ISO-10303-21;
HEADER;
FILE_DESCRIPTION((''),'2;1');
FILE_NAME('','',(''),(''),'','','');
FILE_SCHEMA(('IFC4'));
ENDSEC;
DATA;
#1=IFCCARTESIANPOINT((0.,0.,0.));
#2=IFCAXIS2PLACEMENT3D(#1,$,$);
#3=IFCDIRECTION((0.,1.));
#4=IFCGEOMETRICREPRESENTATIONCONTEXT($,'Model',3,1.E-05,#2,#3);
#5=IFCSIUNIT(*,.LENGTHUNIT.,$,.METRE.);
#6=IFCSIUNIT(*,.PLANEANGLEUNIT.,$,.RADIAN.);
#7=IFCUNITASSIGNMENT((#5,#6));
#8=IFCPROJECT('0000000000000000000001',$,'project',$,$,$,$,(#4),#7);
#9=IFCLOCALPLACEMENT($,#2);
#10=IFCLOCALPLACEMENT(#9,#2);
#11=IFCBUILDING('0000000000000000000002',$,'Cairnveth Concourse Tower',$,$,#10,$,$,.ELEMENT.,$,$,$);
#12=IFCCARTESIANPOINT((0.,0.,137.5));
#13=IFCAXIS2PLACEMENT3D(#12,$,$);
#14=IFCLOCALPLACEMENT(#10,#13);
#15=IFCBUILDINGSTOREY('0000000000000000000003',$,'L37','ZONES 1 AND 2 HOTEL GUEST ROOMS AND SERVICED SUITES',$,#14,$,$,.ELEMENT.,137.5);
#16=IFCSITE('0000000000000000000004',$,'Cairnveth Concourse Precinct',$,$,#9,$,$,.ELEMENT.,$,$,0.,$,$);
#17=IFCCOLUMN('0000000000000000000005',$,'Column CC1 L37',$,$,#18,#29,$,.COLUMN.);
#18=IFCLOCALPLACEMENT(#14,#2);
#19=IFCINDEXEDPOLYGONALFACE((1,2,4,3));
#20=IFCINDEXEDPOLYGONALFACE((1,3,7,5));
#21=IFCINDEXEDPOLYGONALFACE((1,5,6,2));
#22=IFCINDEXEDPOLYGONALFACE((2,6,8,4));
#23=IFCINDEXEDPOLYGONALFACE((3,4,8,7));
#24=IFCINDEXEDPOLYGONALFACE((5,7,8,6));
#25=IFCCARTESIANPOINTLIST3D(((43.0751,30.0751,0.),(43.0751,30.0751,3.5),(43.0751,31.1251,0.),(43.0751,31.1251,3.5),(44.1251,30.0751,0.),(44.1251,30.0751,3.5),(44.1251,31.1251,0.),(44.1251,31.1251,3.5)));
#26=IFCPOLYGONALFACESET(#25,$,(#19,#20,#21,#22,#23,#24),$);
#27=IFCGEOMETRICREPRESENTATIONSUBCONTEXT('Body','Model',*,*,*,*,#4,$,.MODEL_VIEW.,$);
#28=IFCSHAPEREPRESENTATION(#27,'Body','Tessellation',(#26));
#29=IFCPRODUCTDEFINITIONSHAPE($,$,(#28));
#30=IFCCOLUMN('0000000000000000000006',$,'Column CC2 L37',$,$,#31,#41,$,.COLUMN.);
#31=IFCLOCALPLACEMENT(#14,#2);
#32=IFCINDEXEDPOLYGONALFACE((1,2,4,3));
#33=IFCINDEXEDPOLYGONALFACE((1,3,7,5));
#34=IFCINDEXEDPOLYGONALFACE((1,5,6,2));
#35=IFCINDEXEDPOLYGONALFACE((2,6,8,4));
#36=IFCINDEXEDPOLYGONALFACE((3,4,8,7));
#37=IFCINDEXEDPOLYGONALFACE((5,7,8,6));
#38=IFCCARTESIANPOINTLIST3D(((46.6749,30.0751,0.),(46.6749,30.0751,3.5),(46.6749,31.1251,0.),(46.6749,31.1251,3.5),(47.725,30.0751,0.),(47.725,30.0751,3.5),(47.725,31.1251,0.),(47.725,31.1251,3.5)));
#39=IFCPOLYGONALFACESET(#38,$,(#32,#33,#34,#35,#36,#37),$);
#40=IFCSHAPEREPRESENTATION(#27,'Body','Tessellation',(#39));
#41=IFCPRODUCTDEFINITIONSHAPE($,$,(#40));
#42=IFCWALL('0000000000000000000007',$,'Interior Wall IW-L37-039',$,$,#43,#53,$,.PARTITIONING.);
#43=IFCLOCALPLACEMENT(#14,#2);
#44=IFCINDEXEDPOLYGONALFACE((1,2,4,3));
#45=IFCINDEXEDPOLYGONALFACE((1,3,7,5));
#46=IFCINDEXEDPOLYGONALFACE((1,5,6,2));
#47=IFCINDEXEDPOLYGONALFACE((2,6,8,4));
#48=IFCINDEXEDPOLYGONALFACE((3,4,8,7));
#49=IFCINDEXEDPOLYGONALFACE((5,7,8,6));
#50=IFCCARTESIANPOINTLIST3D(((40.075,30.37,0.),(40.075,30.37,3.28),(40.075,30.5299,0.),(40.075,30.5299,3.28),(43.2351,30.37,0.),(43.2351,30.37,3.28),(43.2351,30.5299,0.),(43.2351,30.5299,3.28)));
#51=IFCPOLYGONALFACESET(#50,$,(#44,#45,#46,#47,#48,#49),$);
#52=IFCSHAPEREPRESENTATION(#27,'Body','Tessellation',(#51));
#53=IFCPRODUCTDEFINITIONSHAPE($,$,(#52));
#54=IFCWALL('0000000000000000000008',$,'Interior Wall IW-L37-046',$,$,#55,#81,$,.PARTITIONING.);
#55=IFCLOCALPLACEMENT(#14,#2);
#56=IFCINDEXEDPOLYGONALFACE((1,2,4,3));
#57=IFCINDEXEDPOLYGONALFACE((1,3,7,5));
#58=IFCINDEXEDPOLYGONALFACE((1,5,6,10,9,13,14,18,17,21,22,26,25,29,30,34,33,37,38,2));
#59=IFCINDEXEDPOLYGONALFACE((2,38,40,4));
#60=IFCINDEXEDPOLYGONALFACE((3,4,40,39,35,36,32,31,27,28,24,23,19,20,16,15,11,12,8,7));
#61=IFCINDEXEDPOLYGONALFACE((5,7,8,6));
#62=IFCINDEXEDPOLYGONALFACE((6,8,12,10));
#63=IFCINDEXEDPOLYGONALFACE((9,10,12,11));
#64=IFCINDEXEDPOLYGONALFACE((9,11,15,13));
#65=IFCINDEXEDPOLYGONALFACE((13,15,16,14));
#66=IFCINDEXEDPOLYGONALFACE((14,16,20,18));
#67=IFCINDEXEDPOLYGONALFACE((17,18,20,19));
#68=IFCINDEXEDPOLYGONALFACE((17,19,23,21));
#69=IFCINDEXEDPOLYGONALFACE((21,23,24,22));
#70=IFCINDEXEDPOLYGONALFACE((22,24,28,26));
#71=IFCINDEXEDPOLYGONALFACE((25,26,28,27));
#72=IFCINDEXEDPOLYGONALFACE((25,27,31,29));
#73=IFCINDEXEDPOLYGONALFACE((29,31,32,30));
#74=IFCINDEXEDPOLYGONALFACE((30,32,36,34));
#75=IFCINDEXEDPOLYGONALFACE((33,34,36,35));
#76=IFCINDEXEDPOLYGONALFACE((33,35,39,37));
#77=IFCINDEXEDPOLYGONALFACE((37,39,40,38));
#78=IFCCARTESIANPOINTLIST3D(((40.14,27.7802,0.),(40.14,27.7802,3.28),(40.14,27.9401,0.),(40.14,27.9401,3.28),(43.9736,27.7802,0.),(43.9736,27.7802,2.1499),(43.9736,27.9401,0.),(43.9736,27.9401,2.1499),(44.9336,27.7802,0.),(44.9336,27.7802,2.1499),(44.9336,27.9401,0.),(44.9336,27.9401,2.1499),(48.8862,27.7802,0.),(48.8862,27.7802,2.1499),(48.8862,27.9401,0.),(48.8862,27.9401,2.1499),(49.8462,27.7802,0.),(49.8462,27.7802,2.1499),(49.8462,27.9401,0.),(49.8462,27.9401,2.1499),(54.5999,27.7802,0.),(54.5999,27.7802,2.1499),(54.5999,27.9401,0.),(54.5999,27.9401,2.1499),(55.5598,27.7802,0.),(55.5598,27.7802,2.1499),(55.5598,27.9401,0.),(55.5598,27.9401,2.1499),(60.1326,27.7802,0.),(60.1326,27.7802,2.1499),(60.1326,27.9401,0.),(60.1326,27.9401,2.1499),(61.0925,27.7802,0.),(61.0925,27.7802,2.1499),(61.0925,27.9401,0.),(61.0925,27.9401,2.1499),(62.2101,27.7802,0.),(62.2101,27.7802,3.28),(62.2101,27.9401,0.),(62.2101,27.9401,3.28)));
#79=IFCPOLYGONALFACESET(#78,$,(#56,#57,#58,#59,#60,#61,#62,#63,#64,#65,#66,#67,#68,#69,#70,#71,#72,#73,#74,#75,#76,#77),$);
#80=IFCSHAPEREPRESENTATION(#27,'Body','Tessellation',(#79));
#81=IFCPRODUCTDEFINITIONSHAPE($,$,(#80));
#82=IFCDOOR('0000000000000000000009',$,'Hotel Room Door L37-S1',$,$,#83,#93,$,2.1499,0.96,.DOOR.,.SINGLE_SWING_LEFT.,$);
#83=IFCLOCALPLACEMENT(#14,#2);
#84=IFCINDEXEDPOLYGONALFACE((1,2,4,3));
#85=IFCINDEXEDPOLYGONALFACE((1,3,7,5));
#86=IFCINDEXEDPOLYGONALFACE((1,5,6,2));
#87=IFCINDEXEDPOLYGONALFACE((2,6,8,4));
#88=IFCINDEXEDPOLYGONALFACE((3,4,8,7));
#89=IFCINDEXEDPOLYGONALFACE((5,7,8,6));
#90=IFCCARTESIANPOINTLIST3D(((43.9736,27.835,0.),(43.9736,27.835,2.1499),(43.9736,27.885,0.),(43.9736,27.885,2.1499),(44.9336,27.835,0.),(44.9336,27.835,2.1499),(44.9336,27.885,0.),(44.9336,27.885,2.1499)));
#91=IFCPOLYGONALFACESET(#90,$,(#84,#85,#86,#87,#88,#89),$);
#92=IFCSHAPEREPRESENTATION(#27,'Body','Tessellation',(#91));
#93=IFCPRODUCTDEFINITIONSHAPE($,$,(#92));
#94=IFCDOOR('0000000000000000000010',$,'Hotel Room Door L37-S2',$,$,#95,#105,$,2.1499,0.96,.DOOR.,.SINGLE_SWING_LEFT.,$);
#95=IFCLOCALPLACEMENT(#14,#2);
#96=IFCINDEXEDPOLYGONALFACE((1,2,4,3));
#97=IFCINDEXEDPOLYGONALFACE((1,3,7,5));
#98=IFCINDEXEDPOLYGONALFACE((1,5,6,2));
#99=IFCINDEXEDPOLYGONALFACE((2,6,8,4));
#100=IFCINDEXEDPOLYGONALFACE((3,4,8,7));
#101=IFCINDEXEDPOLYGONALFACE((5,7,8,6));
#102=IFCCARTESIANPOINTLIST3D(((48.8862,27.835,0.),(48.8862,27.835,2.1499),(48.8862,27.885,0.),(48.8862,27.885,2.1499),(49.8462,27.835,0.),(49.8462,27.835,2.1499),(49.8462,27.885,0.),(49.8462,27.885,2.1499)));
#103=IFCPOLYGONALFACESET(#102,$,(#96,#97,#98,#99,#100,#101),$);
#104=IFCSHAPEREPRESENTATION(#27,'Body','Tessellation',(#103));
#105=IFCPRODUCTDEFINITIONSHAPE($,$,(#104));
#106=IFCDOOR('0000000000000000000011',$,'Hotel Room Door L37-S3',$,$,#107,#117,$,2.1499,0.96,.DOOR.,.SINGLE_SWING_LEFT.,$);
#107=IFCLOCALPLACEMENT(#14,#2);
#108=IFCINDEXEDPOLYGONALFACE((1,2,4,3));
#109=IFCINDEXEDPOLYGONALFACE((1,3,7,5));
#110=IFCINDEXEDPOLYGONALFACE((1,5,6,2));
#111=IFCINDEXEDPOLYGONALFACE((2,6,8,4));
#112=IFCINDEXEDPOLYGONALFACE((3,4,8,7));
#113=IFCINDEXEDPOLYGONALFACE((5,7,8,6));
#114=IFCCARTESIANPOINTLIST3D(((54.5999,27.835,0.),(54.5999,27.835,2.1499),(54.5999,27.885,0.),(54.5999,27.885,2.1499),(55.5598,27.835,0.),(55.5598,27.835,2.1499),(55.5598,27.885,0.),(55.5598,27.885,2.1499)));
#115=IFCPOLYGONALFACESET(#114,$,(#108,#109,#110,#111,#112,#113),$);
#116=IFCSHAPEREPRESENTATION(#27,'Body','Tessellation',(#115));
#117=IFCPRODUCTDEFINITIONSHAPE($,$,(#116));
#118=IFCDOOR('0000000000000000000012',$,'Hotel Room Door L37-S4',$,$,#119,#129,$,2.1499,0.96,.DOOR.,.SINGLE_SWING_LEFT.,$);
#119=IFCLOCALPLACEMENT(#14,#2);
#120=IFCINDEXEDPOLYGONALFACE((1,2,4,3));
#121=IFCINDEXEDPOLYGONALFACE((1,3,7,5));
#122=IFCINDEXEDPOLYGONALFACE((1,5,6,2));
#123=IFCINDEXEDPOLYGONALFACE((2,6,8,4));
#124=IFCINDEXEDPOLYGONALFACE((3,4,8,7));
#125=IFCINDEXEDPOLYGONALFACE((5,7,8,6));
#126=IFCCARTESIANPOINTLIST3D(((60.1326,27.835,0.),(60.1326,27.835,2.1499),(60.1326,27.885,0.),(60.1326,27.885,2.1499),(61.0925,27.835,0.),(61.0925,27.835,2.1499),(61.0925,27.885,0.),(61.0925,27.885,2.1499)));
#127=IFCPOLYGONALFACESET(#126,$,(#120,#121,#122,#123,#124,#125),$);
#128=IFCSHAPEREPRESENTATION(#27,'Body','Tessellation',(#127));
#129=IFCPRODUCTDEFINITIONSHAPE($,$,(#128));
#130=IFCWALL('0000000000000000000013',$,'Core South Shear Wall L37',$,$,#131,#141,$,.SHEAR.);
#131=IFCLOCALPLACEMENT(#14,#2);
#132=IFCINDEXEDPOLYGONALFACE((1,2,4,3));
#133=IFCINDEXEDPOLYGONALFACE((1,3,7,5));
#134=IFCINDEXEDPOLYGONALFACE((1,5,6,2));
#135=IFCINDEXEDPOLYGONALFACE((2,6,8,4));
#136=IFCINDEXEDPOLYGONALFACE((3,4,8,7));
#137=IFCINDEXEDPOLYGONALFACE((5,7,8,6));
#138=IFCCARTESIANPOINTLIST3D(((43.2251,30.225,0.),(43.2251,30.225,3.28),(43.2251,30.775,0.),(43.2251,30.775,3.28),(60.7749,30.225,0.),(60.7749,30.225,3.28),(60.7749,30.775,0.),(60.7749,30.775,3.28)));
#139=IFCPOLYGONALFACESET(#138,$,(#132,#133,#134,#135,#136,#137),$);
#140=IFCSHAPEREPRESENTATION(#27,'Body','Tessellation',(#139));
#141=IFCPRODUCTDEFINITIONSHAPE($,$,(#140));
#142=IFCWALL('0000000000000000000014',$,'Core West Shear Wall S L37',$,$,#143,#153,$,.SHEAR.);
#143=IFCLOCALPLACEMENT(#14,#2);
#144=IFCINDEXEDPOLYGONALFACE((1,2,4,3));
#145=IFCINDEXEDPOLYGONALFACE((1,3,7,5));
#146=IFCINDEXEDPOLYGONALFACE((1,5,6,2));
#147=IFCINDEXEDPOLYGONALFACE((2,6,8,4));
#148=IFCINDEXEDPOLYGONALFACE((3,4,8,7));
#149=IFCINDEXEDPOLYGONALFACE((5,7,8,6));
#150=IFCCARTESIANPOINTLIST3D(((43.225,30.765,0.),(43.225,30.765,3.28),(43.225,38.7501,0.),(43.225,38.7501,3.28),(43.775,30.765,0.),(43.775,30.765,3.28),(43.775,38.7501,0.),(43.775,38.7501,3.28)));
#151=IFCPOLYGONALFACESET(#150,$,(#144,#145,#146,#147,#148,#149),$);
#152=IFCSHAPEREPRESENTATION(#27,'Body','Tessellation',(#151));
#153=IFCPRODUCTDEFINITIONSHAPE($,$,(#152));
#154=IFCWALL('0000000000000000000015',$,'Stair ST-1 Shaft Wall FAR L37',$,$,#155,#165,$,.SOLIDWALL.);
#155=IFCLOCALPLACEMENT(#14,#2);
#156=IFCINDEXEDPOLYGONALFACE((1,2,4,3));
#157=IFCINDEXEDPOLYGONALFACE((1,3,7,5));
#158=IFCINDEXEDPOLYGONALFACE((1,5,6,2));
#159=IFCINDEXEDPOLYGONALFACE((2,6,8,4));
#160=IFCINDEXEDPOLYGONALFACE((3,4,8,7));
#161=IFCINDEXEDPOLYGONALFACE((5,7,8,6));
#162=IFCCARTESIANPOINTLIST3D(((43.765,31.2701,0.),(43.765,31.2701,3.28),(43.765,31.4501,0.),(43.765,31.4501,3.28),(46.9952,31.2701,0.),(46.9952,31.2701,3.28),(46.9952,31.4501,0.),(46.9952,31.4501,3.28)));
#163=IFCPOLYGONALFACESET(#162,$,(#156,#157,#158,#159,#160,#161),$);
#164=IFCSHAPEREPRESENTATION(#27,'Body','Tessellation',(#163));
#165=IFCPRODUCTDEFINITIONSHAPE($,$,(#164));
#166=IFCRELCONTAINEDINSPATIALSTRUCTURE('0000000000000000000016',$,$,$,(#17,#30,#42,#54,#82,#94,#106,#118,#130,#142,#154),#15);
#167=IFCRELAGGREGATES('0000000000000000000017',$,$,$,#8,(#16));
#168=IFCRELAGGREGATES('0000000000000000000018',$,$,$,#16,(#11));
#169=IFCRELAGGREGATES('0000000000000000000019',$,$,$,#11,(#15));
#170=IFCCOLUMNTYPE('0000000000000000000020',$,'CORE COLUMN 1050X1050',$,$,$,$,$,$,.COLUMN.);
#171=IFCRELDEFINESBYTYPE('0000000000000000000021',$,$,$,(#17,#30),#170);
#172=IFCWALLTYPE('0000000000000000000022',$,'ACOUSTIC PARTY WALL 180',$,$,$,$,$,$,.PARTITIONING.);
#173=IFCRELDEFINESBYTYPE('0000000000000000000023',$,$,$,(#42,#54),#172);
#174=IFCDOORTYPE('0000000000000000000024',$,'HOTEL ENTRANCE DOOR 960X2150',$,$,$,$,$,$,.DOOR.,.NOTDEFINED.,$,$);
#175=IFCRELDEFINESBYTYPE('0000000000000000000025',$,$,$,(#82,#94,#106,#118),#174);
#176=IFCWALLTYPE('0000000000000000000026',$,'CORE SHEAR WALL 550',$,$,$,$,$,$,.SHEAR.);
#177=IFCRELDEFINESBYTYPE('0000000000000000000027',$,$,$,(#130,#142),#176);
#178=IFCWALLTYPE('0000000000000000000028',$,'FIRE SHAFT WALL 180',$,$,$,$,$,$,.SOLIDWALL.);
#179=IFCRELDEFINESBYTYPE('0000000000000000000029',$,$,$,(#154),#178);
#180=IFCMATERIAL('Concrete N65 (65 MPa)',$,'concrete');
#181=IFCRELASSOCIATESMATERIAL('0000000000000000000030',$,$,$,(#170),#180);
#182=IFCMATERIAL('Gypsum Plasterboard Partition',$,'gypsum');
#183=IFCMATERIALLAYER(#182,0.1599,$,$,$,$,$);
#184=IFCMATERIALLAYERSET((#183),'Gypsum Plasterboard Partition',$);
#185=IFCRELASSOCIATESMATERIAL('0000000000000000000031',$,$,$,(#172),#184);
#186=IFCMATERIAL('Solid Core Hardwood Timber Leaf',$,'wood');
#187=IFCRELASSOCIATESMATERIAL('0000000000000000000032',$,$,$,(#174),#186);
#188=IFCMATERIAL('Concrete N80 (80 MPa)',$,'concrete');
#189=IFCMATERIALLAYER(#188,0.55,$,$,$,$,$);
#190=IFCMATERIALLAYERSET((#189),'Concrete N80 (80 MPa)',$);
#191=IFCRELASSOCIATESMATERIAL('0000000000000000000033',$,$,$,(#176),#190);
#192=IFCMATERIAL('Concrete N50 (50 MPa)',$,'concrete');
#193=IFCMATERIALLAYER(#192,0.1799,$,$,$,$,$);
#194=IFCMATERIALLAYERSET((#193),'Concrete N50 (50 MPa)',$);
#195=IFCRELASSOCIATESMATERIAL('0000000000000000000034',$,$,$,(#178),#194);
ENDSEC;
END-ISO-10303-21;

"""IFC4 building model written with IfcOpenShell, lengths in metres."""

from ifc_helpers import new_model, si_unit, direction, frame, frame_2d, origin, origin_2d, place, context, subcontext, project, spatial, rectangle, extrude, material, layer, layer_set, material_profile, profile_set, type_object, element, fill, save


model = new_model("IFC4")

# Units and contexts
model_context = context("Model", 3, precision=1e-05, world=origin(), true_north=direction((0.0, 1.0)))
body_context = subcontext(model_context, "Body", "Model", "MODEL_VIEW")
ifc_project = project(units=[si_unit("LENGTHUNIT", "METRE"), si_unit("PLANEANGLEUNIT", "RADIAN")], contexts=[model_context])

# Site, building, storey
site_placement = place(None, origin())
site = spatial("IfcSite", under=ifc_project, at=site_placement, Name="Cairnveth Concourse Precinct", CompositionType="ELEMENT", RefElevation=0.0)
building_placement = place(site_placement, origin())
building = spatial("IfcBuilding", under=site, at=building_placement, Name="Cairnveth Concourse Tower", CompositionType="ELEMENT")
storey_placement = place(building_placement, frame((0.0, 0.0, 137.5)))
storey = spatial("IfcBuildingStorey", under=building, at=storey_placement, Name="L37", Description="ZONES 1 AND 2 HOTEL GUEST ROOMS AND SERVICED SUITES", CompositionType="ELEMENT", Elevation=137.5)

# Columns
ifc_material_1 = material(Name="Concrete N65 (65 MPa)", Category="concrete")
ifc_material_profile = material_profile(ifc_material_1, rectangle(XDim=1.05, YDim=1.05, at=origin_2d()), Name="RC-COL-1050x1050")
ifc_profile_set = profile_set([ifc_material_profile], Name="Concrete N65 (65 MPa)")
column_type = type_object("IfcColumnType", Name="CORE COLUMN 1050X1050", PredefinedType="COLUMN", material=ifc_profile_set)
for number, where, z_axis, x_axis, name in (
    (1, (43.6001, 30.6001, 0.0), (0.0, 0.0, 1.0), (1.0, 0.0, 0.0), "Column CC1 L37"),
    (2, (47.2, 30.6001, 0.0), (0.0, 0.0, 1.0), (1.0, 0.0, 0.0), "Column CC2 L37"),
):
    element("IfcColumn", number, at=place(storey_placement, frame(where, z_axis=z_axis, x_axis=x_axis)), inside=storey, type_object=column_type, Name=name, PredefinedType="COLUMN", context=body_context, shape_type="SweptSolid", body=[
        extrude(rectangle(XDim=1.05, YDim=1.05, at=origin_2d()), origin(), (0.0, 0.0, 1.0), 3.5),
    ])

# Wall
ifc_material_2 = material(Name="Gypsum Plasterboard Partition", Category="gypsum")
ifc_layer_1 = layer(ifc_material_2, 0.1599)
ifc_layer_set_1 = layer_set([ifc_layer_1], Name="Gypsum Plasterboard Partition")
wall_type_1 = type_object("IfcWallType", Name="ACOUSTIC PARTY WALL 180", PredefinedType="PARTITIONING", material=ifc_layer_set_1)
wall_1_placement = place(storey_placement, frame((40.075, 30.45, 0.0), z_axis=(0.0, 0.0, 1.0), x_axis=(1.0, 0.0, 0.0)))
element("IfcWall", 3, at=wall_1_placement, inside=storey, type_object=wall_type_1, Name="Interior Wall IW-L37-039", PredefinedType="PARTITIONING", context=body_context, shape_type="SweptSolid", body=[
    extrude(rectangle(XDim=3.1602, YDim=0.1599, at=frame_2d((1.5801, 0.0))), origin(), (0.0, 0.0, 1.0), 3.28),
])

# Wall, openings, doors
wall_2_placement = place(storey_placement, frame((40.1399, 27.8601, 0.0), z_axis=(0.0, 0.0, 1.0), x_axis=(1.0, 0.0, 0.0)))
wall_2 = element("IfcWall", 4, at=wall_2_placement, inside=storey, type_object=wall_type_1, Name="Interior Wall IW-L37-046", PredefinedType="PARTITIONING", context=body_context, shape_type="SweptSolid", body=[
    extrude(rectangle(XDim=22.0701, YDim=0.1599, at=frame_2d((11.0352, 0.0))), origin(), (0.0, 0.0, 1.0), 3.28),
])
opening_1_placement = place(wall_2_placement, frame((3.8337, 0.0, 0.0)))
opening_1 = element("IfcOpeningElement", 5, at=opening_1_placement, cuts=wall_2, PredefinedType="OPENING", context=body_context, shape_type="SweptSolid", body=[
    extrude(rectangle(XDim=0.96, YDim=2.1499, at=frame_2d((0.48, 1.075))), frame((0.0, 0.0898, 0.0), z_axis=(0.0, -1.0, 0.0), x_axis=(1.0, 0.0, 0.0)), (0.0, 0.0, 1.0), 0.1799),
])
opening_2_placement = place(wall_2_placement, frame((8.7463, 0.0, 0.0)))
opening_2 = element("IfcOpeningElement", 6, at=opening_2_placement, cuts=wall_2, PredefinedType="OPENING", context=body_context, shape_type="SweptSolid", body=[
    extrude(rectangle(XDim=0.96, YDim=2.1499, at=frame_2d((0.48, 1.075))), frame((0.0, 0.0898, 0.0), z_axis=(0.0, -1.0, 0.0), x_axis=(1.0, 0.0, 0.0)), (0.0, 0.0, 1.0), 0.1799),
])
opening_3_placement = place(wall_2_placement, frame((14.46, 0.0, 0.0)))
opening_3 = element("IfcOpeningElement", 7, at=opening_3_placement, cuts=wall_2, PredefinedType="OPENING", context=body_context, shape_type="SweptSolid", body=[
    extrude(rectangle(XDim=0.96, YDim=2.1499, at=frame_2d((0.48, 1.075))), frame((0.0, 0.0898, 0.0), z_axis=(0.0, -1.0, 0.0), x_axis=(1.0, 0.0, 0.0)), (0.0, 0.0, 1.0), 0.1799),
])
opening_4_placement = place(wall_2_placement, frame((19.9927, 0.0, 0.0)))
opening_4 = element("IfcOpeningElement", 8, at=opening_4_placement, cuts=wall_2, PredefinedType="OPENING", context=body_context, shape_type="SweptSolid", body=[
    extrude(rectangle(XDim=0.96, YDim=2.1499, at=frame_2d((0.48, 1.075))), frame((0.0, 0.0898, 0.0), z_axis=(0.0, -1.0, 0.0), x_axis=(1.0, 0.0, 0.0)), (0.0, 0.0, 1.0), 0.1799),
])
ifc_material_3 = material(Name="Solid Core Hardwood Timber Leaf", Category="wood")
door_type_1 = type_object("IfcDoorType", Name="HOTEL ENTRANCE DOOR 960X2150", OperationType="NOTDEFINED", PredefinedType="DOOR", material=ifc_material_3)
door_1_placement = place(opening_1_placement, origin())
door_1 = element("IfcDoor", 9, at=door_1_placement, inside=storey, type_object=door_type_1, Name="Hotel Room Door L37-S1", OperationType="SINGLE_SWING_LEFT", OverallHeight=2.1499, OverallWidth=0.96, PredefinedType="DOOR", context=body_context, shape_type="SweptSolid", body=[
    extrude(rectangle(XDim=0.96, YDim=2.1499, at=frame_2d((0.48, 1.075))), frame((0.0, 0.0249, 0.0), z_axis=(0.0, -1.0, 0.0), x_axis=(1.0, 0.0, 0.0)), (0.0, 0.0, 1.0), 0.05),
])
fill(opening_1, door_1)
door_2_placement = place(opening_2_placement, origin())
door_2 = element("IfcDoor", 10, at=door_2_placement, inside=storey, type_object=door_type_1, Name="Hotel Room Door L37-S2", OperationType="SINGLE_SWING_LEFT", OverallHeight=2.1499, OverallWidth=0.96, PredefinedType="DOOR", context=body_context, shape_type="SweptSolid", body=[
    extrude(rectangle(XDim=0.96, YDim=2.1499, at=frame_2d((0.48, 1.075))), frame((0.0, 0.0249, 0.0), z_axis=(0.0, -1.0, 0.0), x_axis=(1.0, 0.0, 0.0)), (0.0, 0.0, 1.0), 0.05),
])
fill(opening_2, door_2)
door_3_placement = place(opening_3_placement, origin())
door_3 = element("IfcDoor", 11, at=door_3_placement, inside=storey, type_object=door_type_1, Name="Hotel Room Door L37-S3", OperationType="SINGLE_SWING_LEFT", OverallHeight=2.1499, OverallWidth=0.96, PredefinedType="DOOR", context=body_context, shape_type="SweptSolid", body=[
    extrude(rectangle(XDim=0.96, YDim=2.1499, at=frame_2d((0.48, 1.075))), frame((0.0, 0.0249, 0.0), z_axis=(0.0, -1.0, 0.0), x_axis=(1.0, 0.0, 0.0)), (0.0, 0.0, 1.0), 0.05),
])
fill(opening_3, door_3)
door_4_placement = place(opening_4_placement, origin())
door_4 = element("IfcDoor", 12, at=door_4_placement, inside=storey, type_object=door_type_1, Name="Hotel Room Door L37-S4", OperationType="SINGLE_SWING_LEFT", OverallHeight=2.1499, OverallWidth=0.96, PredefinedType="DOOR", context=body_context, shape_type="SweptSolid", body=[
    extrude(rectangle(XDim=0.96, YDim=2.1499, at=frame_2d((0.48, 1.075))), frame((0.0, 0.0249, 0.0), z_axis=(0.0, -1.0, 0.0), x_axis=(1.0, 0.0, 0.0)), (0.0, 0.0, 1.0), 0.05),
])
fill(opening_4, door_4)

# Walls
ifc_material_4 = material(Name="Concrete N80 (80 MPa)", Category="concrete")
ifc_layer_2 = layer(ifc_material_4, 0.55)
ifc_layer_set_2 = layer_set([ifc_layer_2], Name="Concrete N80 (80 MPa)")
wall_type_2 = type_object("IfcWallType", Name="CORE SHEAR WALL 550", PredefinedType="SHEAR", material=ifc_layer_set_2)
wall_3_placement = place(storey_placement, frame((43.2251, 30.5, 0.0), z_axis=(0.0, 0.0, 1.0), x_axis=(1.0, 0.0, 0.0)))
element("IfcWall", 13, at=wall_3_placement, inside=storey, type_object=wall_type_2, Name="Core South Shear Wall L37", PredefinedType="SHEAR", context=body_context, shape_type="SweptSolid", body=[
    extrude(rectangle(XDim=17.5498, YDim=0.55, at=frame_2d((8.7749, 0.0))), origin(), (0.0, 0.0, 1.0), 3.28),
])
wall_4_placement = place(storey_placement, frame((43.5, 30.7649, 0.0), z_axis=(0.0, 0.0, 1.0), x_axis=(0.0, 1.0, 0.0)))
element("IfcWall", 14, at=wall_4_placement, inside=storey, type_object=wall_type_2, Name="Core West Shear Wall S L37", PredefinedType="SHEAR", context=body_context, shape_type="SweptSolid", body=[
    extrude(rectangle(XDim=7.9851, YDim=0.55, at=frame_2d((3.9927, 0.0))), origin(), (0.0, 0.0, 1.0), 3.28),
])
ifc_material_5 = material(Name="Concrete N50 (50 MPa)", Category="concrete")
ifc_layer_3 = layer(ifc_material_5, 0.1799)
ifc_layer_set_3 = layer_set([ifc_layer_3], Name="Concrete N50 (50 MPa)")
wall_type_3 = type_object("IfcWallType", Name="FIRE SHAFT WALL 180", PredefinedType="SOLIDWALL", material=ifc_layer_set_3)
wall_5_placement = place(storey_placement, frame((43.7649, 31.3601, 0.0), z_axis=(0.0, 0.0, 1.0), x_axis=(1.0, 0.0, 0.0)))
element("IfcWall", 15, at=wall_5_placement, inside=storey, type_object=wall_type_3, Name="Stair ST-1 Shaft Wall FAR L37", PredefinedType="SOLIDWALL", context=body_context, shape_type="SweptSolid", body=[
    extrude(rectangle(XDim=3.2302, YDim=0.1799, at=frame_2d((1.6152, 0.0))), origin(), (0.0, 0.0, 1.0), 3.28),
])

save(model, "model.ifc")
